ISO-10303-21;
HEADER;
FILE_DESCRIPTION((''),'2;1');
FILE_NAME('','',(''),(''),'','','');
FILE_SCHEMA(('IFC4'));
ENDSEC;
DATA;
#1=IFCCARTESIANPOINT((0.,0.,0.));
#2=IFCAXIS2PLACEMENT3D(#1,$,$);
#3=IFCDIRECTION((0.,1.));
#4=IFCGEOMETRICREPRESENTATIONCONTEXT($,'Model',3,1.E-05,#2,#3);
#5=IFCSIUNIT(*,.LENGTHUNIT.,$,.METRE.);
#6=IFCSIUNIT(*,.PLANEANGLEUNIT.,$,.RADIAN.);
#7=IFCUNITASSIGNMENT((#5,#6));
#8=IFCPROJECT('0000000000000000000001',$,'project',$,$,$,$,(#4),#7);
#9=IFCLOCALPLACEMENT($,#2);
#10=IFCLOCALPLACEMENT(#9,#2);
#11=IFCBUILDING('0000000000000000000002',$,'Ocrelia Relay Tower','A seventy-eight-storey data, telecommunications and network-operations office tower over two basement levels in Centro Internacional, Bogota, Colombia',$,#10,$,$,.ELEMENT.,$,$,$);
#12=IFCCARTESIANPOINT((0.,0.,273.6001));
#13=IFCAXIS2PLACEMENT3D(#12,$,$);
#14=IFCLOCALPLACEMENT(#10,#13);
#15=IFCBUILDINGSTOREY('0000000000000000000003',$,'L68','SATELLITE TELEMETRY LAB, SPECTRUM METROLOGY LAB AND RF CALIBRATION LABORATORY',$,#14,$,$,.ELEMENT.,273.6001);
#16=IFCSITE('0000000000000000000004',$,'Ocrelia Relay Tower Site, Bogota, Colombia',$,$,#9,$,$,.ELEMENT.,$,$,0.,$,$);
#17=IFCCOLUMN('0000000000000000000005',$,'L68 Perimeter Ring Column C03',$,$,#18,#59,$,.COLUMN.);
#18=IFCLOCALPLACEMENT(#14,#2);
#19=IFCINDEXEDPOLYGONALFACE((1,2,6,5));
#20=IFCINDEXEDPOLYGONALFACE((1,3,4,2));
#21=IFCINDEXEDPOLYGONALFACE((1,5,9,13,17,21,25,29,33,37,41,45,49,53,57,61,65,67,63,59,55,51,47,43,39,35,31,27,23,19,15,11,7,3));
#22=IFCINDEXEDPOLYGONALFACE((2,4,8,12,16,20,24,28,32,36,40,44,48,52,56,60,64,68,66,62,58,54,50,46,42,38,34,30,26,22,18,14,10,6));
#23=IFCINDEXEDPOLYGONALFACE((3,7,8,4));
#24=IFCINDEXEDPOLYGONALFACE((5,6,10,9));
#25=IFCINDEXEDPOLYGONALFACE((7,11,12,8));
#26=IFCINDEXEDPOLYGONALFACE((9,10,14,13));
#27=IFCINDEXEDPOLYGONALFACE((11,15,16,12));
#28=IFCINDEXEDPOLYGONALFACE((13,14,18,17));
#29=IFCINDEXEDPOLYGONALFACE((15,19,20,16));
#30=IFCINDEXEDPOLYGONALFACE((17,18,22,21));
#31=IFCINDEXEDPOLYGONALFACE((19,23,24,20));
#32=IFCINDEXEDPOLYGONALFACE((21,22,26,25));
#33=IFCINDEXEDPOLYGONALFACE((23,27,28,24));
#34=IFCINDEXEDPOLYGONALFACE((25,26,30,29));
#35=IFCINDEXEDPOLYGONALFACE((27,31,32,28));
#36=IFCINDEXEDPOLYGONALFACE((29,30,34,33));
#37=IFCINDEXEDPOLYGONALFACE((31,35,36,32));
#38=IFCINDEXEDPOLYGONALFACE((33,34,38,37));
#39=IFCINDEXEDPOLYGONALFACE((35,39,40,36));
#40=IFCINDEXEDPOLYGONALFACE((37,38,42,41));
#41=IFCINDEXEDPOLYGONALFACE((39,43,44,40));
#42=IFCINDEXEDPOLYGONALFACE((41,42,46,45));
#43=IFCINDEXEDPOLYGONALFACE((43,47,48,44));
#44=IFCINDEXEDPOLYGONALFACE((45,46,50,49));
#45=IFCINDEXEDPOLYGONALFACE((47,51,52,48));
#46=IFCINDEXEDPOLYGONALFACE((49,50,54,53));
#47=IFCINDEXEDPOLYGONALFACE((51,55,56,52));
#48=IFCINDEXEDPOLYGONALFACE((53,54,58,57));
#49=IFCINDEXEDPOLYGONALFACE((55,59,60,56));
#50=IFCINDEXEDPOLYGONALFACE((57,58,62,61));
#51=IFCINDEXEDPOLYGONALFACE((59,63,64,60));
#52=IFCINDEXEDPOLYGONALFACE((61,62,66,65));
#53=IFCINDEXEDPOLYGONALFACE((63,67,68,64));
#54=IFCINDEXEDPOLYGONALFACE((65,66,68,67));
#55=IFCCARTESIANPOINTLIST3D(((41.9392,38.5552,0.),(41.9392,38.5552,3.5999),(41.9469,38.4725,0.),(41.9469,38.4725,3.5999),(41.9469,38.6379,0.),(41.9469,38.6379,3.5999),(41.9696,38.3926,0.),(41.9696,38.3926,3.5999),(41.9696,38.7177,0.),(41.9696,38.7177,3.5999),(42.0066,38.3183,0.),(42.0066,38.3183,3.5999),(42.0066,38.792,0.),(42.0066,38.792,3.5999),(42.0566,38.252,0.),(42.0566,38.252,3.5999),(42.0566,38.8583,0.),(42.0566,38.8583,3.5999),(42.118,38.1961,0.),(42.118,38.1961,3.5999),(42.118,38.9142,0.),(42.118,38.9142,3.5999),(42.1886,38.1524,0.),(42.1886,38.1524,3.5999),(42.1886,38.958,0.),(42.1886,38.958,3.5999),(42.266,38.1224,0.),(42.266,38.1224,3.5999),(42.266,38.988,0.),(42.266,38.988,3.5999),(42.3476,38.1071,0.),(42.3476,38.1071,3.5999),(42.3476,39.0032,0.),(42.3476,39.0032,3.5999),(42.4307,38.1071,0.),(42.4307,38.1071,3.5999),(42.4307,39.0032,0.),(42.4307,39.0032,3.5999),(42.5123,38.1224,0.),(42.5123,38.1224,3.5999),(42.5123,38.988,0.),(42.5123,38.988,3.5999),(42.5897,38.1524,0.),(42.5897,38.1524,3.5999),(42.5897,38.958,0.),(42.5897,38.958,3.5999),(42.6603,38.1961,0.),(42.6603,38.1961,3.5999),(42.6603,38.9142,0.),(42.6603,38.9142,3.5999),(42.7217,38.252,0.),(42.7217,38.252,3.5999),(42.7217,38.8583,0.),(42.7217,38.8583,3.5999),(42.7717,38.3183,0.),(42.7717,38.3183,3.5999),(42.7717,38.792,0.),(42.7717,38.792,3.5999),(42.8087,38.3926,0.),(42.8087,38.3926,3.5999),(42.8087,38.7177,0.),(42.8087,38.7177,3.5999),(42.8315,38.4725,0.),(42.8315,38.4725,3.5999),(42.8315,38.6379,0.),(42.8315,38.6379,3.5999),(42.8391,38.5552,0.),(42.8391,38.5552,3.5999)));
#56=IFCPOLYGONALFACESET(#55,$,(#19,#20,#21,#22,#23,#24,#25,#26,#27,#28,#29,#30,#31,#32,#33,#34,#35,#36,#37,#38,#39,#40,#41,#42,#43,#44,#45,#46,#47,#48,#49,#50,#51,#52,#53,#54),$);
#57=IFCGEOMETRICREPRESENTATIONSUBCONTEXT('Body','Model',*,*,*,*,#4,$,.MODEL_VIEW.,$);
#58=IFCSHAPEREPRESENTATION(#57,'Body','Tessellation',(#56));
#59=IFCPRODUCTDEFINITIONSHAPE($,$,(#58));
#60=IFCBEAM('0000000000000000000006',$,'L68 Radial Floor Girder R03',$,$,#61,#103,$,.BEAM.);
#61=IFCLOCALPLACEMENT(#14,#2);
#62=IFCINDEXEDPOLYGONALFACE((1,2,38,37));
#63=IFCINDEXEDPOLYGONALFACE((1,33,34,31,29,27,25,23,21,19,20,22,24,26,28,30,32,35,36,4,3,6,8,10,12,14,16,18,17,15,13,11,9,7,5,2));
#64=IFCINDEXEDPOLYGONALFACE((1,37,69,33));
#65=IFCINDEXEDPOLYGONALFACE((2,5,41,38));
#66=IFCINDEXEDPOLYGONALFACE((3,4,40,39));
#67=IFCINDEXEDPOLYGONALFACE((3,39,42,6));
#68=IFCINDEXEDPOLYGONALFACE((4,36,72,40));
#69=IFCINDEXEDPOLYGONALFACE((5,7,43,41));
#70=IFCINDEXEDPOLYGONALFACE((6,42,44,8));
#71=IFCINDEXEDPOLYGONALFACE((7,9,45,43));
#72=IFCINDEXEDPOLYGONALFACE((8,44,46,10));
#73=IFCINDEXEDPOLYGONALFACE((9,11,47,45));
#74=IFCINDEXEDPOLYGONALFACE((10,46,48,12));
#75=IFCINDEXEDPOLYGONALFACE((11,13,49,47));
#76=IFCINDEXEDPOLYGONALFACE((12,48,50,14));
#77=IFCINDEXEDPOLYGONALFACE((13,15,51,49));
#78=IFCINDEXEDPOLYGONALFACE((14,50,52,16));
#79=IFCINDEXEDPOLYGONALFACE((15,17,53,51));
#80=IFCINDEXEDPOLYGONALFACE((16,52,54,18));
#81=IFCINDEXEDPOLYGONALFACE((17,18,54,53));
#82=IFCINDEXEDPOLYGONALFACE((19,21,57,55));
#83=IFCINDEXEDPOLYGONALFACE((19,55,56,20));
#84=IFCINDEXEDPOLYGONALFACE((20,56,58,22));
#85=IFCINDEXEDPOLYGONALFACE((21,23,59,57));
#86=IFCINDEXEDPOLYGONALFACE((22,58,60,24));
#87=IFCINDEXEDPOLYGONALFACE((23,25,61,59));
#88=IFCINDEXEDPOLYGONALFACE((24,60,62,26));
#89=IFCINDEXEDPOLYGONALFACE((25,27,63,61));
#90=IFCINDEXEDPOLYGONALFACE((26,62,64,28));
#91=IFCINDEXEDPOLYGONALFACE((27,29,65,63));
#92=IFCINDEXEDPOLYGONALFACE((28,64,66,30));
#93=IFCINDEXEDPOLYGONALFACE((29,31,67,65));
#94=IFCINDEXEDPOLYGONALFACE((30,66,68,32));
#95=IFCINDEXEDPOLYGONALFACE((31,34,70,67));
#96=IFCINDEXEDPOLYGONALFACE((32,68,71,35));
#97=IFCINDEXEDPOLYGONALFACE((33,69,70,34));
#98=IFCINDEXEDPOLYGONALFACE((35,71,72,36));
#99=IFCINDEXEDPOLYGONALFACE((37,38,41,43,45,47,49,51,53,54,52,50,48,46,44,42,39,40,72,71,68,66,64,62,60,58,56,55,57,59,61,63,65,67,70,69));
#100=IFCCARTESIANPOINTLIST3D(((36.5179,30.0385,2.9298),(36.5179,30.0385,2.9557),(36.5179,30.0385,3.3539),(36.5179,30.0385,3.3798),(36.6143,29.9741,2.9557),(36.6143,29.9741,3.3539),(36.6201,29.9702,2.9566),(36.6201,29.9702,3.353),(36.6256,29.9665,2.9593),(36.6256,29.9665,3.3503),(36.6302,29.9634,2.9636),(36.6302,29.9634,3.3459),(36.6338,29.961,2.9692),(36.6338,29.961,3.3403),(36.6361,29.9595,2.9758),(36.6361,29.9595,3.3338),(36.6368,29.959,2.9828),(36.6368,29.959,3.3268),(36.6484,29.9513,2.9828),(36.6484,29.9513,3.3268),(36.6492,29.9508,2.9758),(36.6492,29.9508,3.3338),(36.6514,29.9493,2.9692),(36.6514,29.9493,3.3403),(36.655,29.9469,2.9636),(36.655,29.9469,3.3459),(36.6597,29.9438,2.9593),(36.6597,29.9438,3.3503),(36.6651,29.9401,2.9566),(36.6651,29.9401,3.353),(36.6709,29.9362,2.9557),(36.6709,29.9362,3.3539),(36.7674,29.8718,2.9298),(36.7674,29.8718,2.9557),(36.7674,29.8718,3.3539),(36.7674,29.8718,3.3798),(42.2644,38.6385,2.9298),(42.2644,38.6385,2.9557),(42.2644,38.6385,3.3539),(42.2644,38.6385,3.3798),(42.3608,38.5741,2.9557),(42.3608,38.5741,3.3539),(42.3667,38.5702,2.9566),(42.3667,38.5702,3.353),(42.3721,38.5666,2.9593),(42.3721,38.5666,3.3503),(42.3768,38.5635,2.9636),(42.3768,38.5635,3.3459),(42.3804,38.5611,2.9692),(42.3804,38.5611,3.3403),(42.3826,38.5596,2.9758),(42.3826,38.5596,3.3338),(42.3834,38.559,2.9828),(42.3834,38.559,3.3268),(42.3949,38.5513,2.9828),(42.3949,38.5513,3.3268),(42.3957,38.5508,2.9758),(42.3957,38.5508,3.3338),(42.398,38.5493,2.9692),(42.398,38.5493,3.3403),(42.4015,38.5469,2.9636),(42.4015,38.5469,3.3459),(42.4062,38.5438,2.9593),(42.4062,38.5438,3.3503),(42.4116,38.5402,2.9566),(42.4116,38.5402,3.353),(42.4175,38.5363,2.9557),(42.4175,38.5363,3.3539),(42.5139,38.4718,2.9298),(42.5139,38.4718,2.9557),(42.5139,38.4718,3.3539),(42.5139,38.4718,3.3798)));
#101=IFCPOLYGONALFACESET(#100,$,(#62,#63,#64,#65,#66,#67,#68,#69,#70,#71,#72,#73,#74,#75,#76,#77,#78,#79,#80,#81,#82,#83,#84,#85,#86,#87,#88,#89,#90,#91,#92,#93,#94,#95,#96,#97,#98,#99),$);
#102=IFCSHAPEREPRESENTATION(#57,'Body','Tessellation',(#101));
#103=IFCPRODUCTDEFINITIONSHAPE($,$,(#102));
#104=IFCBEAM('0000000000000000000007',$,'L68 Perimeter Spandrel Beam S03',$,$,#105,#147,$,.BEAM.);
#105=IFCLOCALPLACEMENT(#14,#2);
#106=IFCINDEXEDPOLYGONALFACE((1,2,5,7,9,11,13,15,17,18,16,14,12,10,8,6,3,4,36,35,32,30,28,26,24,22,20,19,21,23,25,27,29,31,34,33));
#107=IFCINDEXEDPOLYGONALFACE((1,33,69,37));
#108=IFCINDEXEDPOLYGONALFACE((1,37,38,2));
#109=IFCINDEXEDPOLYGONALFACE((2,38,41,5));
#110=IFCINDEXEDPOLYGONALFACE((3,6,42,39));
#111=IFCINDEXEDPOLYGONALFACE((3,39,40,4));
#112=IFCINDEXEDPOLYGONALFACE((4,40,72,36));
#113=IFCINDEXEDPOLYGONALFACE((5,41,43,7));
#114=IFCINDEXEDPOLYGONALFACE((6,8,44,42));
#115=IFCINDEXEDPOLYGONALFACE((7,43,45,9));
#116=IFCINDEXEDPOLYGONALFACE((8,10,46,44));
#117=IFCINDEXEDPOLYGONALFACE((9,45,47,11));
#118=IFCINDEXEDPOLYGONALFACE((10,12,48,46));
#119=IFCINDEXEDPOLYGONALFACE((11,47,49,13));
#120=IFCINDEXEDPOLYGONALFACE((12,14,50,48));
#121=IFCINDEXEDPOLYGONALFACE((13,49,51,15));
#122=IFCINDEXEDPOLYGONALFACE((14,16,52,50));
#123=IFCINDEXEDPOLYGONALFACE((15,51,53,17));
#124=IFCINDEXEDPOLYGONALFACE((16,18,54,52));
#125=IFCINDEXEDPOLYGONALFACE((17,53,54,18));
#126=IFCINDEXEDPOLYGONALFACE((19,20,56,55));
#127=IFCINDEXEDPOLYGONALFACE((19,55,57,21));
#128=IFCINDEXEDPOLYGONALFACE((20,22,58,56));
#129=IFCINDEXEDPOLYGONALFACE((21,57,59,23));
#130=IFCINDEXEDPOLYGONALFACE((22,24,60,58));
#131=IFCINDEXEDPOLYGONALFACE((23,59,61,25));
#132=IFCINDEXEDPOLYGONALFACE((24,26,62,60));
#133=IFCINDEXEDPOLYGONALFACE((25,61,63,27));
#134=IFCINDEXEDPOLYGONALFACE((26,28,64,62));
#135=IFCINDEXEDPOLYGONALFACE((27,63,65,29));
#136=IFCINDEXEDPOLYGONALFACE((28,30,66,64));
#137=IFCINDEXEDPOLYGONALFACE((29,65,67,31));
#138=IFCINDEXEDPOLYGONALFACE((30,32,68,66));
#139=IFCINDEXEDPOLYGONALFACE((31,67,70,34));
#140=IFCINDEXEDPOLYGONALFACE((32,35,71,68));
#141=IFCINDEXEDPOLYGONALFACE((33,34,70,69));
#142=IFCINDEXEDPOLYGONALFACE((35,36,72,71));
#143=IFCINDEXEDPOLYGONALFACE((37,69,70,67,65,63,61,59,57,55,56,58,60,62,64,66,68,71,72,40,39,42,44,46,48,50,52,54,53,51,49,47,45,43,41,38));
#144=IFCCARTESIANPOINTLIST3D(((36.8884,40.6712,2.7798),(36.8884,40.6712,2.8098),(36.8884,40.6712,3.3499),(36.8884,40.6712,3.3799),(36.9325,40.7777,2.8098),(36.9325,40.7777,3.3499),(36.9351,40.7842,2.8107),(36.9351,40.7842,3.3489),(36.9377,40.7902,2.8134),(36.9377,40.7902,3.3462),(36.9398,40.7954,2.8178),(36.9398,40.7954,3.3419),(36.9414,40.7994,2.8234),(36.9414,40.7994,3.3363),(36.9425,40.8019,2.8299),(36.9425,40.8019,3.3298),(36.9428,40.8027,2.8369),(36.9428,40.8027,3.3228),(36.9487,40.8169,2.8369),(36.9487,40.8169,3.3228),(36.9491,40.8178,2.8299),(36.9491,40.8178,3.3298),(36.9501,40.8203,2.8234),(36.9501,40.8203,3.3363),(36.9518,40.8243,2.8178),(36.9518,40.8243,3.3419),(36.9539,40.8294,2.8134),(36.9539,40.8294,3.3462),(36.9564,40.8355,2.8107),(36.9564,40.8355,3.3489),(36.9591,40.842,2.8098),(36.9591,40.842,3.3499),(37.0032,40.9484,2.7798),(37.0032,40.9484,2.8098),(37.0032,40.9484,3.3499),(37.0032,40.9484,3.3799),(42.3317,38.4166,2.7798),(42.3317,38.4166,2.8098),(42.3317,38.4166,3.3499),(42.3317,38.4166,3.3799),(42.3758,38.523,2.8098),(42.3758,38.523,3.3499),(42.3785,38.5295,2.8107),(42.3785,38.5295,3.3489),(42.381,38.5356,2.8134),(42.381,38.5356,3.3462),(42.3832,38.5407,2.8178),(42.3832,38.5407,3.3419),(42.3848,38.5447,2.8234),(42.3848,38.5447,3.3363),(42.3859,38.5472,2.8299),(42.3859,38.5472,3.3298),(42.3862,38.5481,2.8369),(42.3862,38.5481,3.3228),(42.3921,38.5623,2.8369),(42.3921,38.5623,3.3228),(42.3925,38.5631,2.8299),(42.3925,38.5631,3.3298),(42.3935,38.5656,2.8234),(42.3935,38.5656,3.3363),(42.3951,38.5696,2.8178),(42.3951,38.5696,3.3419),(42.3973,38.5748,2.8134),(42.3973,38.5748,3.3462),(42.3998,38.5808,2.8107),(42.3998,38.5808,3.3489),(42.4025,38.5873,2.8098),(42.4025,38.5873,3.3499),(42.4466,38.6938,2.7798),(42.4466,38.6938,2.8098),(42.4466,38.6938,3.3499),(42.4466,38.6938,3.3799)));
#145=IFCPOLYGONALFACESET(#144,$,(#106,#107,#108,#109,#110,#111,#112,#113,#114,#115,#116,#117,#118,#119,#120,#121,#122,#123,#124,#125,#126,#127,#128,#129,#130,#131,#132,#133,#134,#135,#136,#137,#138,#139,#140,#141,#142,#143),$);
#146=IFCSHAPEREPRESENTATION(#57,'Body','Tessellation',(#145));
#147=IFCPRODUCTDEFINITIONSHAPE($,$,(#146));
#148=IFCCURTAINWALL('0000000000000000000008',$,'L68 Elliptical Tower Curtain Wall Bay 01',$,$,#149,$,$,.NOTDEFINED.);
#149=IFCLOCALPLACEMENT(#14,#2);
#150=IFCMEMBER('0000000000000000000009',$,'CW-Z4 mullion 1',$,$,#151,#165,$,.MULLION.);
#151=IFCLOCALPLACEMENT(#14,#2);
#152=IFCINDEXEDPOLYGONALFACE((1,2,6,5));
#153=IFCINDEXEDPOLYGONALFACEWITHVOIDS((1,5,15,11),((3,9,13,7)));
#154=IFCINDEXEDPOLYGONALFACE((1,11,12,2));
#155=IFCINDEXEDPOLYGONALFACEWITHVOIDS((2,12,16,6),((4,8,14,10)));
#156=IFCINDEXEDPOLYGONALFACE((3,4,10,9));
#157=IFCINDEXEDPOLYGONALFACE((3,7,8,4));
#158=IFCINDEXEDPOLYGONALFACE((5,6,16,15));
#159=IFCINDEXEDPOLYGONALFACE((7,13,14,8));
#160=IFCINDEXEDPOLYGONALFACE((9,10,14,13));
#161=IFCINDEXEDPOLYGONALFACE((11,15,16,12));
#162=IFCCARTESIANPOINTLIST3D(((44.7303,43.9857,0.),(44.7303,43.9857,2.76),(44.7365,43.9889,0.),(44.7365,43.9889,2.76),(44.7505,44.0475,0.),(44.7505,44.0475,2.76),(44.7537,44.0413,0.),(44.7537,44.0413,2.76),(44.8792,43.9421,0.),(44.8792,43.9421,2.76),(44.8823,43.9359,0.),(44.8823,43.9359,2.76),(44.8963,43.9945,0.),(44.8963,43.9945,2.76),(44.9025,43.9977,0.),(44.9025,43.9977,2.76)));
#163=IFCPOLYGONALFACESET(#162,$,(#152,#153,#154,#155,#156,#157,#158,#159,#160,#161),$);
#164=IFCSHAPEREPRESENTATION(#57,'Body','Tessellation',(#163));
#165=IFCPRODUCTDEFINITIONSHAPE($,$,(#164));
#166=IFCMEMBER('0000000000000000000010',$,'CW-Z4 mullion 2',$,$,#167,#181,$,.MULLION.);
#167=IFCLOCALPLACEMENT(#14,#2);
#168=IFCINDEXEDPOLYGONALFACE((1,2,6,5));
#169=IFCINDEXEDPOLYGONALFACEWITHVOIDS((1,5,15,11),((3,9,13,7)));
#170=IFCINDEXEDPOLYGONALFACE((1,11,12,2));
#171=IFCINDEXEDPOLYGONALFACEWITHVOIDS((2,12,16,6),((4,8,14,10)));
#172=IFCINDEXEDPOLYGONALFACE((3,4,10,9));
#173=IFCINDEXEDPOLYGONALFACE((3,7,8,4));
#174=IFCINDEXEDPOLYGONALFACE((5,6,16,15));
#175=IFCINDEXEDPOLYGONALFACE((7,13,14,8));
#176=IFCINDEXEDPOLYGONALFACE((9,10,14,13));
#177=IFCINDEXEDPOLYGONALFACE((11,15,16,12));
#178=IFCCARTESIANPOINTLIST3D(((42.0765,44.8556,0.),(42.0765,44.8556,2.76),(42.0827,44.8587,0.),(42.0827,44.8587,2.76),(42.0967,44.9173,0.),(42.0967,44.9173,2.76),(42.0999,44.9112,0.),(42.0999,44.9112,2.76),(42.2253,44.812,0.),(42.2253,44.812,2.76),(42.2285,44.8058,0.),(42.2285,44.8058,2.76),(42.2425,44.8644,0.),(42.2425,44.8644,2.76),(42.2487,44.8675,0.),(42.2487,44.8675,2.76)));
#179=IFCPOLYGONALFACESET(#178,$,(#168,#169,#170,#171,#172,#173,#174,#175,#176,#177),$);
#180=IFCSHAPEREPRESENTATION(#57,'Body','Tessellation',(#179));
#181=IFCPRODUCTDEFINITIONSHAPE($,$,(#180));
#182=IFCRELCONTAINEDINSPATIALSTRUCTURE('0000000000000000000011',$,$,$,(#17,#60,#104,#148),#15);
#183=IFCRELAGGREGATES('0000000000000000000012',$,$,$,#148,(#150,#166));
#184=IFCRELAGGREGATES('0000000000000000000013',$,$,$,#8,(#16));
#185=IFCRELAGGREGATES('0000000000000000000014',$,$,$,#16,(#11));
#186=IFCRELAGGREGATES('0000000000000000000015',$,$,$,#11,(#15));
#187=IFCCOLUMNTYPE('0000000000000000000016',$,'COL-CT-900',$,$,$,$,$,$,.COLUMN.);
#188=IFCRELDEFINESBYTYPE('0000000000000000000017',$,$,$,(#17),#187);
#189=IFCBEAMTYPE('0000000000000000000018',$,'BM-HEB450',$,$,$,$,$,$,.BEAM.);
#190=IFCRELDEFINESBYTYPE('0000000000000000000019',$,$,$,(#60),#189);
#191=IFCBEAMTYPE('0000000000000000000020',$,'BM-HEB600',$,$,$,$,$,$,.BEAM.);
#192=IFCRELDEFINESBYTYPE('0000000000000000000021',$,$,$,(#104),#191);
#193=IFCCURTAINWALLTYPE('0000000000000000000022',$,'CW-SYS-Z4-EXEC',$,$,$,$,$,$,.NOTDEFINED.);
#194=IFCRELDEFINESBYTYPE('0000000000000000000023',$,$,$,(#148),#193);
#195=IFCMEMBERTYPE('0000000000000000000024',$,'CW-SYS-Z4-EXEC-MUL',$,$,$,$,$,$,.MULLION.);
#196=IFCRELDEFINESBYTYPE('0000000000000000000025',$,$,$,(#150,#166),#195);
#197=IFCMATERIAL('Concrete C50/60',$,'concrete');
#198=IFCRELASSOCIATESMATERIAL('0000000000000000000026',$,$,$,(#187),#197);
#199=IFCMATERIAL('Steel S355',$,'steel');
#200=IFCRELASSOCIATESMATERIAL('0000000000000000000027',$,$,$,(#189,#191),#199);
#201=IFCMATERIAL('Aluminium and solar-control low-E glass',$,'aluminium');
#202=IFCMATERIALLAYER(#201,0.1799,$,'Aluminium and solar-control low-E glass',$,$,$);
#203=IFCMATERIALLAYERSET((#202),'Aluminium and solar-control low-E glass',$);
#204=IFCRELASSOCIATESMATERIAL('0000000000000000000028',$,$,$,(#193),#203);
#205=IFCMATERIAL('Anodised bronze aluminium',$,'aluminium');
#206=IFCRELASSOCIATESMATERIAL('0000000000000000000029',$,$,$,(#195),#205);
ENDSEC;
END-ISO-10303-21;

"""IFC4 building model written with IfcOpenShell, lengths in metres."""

from ifc_helpers import new_model, si_unit, direction, frame, origin, origin_2d, place, context, subcontext, project, spatial, hollow_rectangle, circle, i_section, extrude, material, layer, layer_set, material_profile, profile_set, type_object, element, aggregate, save


model = new_model("IFC4")

# Units and contexts
model_context = context("Model", 3, precision=1e-05, world=origin(), true_north=direction((0.0, 1.0)))
body_context = subcontext(model_context, "Body", "Model", "MODEL_VIEW")
ifc_project = project(units=[si_unit("LENGTHUNIT", "METRE"), si_unit("PLANEANGLEUNIT", "RADIAN")], contexts=[model_context])

# Site, building, storey
site_placement = place(None, origin())
site = spatial("IfcSite", under=ifc_project, at=site_placement, Name="Ocrelia Relay Tower Site, Bogota, Colombia", CompositionType="ELEMENT", RefElevation=0.0)
building_placement = place(site_placement, origin())
building = spatial("IfcBuilding", under=site, at=building_placement, Name="Ocrelia Relay Tower", Description="A seventy-eight-storey data, telecommunications and network-operations office tower over two basement levels in Centro Internacional, Bogota, Colombia", CompositionType="ELEMENT")
storey_placement = place(building_placement, frame((0.0, 0.0, 273.6001)))
storey = spatial("IfcBuildingStorey", under=building, at=storey_placement, Name="L68", Description="SATELLITE TELEMETRY LAB, SPECTRUM METROLOGY LAB AND RF CALIBRATION LABORATORY", CompositionType="ELEMENT", Elevation=273.6001)

# Column
ifc_material_1 = material(Name="Concrete C50/60", Category="concrete")
ifc_material_profile_1 = material_profile(ifc_material_1, circle(Radius=0.45, at=origin_2d()), Name="RC-CIR-900")
ifc_profile_set_1 = profile_set([ifc_material_profile_1], Name="Concrete C50/60")
column_type = type_object("IfcColumnType", Name="COL-CT-900", PredefinedType="COLUMN", material=ifc_profile_set_1)
column_placement = place(storey_placement, frame((42.3892, 38.5552, 0.0), z_axis=(0.0, 0.0, 1.0), x_axis=(1.0, 0.0, 0.0)))
element("IfcColumn", 1, at=column_placement, inside=storey, type_object=column_type, Name="L68 Perimeter Ring Column C03", PredefinedType="COLUMN", context=body_context, shape_type="SweptSolid", body=[
    extrude(circle(Radius=0.45, at=origin_2d()), origin(), (0.0, 0.0, 1.0), 3.5999),
])

# Beams
ifc_material_2 = material(Name="Steel S355", Category="steel")
ifc_material_profile_2 = material_profile(ifc_material_2, i_section(OverallWidth=0.3, OverallDepth=0.45, WebThickness=0.0139, FlangeThickness=0.0259, FilletRadius=0.0271, at=origin_2d()), Name="HEB 450")
ifc_profile_set_2 = profile_set([ifc_material_profile_2], Name="Steel S355")
beam_type_1 = type_object("IfcBeamType", Name="BM-HEB450", PredefinedType="BEAM", material=ifc_profile_set_2)
beam_1_placement = place(storey_placement, frame((42.3892, 38.5552, 3.1548), z_axis=(-0.555582, -0.831462, 0.0), x_axis=(0.831462, -0.555582, 0.0)))
element("IfcBeam", 2, at=beam_1_placement, inside=storey, type_object=beam_type_1, Name="L68 Radial Floor Girder R03", PredefinedType="BEAM", context=body_context, shape_type="SweptSolid", body=[
    extrude(i_section(OverallWidth=0.3, OverallDepth=0.45, WebThickness=0.0139, FlangeThickness=0.0259, FilletRadius=0.0271, at=origin_2d()), origin(), (0.0, 0.0, 1.0), 10.3433),
])
ifc_material_profile_3 = material_profile(ifc_material_2, i_section(OverallWidth=0.3, OverallDepth=0.6001, WebThickness=0.0154, FlangeThickness=0.03, FilletRadius=0.0271, at=origin_2d()), Name="HEB 600")
ifc_profile_set_3 = profile_set([ifc_material_profile_3], Name="Steel S355")
beam_type_2 = type_object("IfcBeamType", Name="BM-HEB600", PredefinedType="BEAM", material=ifc_profile_set_3)
beam_2_placement = place(storey_placement, frame((42.3892, 38.5552, 3.0798), z_axis=(-0.923884, 0.382673, 0.0), x_axis=(-0.382673, -0.923884, 0.0)))
element("IfcBeam", 3, at=beam_2_placement, inside=storey, type_object=beam_type_2, Name="L68 Perimeter Spandrel Beam S03", PredefinedType="BEAM", context=body_context, shape_type="SweptSolid", body=[
    extrude(i_section(OverallWidth=0.3, OverallDepth=0.6001, WebThickness=0.0154, FlangeThickness=0.03, FilletRadius=0.0271, at=origin_2d()), origin(), (0.0, 0.0, 1.0), 5.8918),
])

# Curtain wall, members
ifc_material_3 = material(Name="Aluminium and solar-control low-E glass", Category="aluminium")
ifc_layer_1 = layer(ifc_material_3, 0.1799, Name="Aluminium and solar-control low-E glass")
ifc_layer_set_1 = layer_set([ifc_layer_1], Name="Aluminium and solar-control low-E glass")
curtain_wall_type = type_object("IfcCurtainWallType", Name="CW-SYS-Z4-EXEC", PredefinedType="NOTDEFINED", material=ifc_layer_set_1)
curtain_wall_placement = place(storey_placement, origin())
curtain_wall = element("IfcCurtainWall", 4, at=curtain_wall_placement, inside=storey, type_object=curtain_wall_type, Name="L68 Elliptical Tower Curtain Wall Bay 01", PredefinedType="NOTDEFINED")
ifc_material_4 = material(Name="Anodised bronze aluminium", Category="aluminium")
ifc_material_profile_4 = material_profile(ifc_material_4, hollow_rectangle(XDim=0.0649, YDim=0.1599, WallThickness=0.0049, at=origin_2d()), Name="CW-MUL-160x65")
ifc_profile_set_4 = profile_set([ifc_material_profile_4], Name="Anodised bronze aluminium")
member_type_1 = type_object("IfcMemberType", Name="CW-SYS-Z4-EXEC-MUL", PredefinedType="MULLION", material=ifc_profile_set_4)
member_1_placement = place(storey_placement, frame((44.8164, 43.9917, 0.0), z_axis=(0.0, 0.0, 1.0), x_axis=(-0.311472, -0.950255, 0.0)))
member_1 = element("IfcMember", 5, at=member_1_placement, type_object=member_type_1, Name="CW-Z4 mullion 1", PredefinedType="MULLION", context=body_context, shape_type="SweptSolid", body=[
    extrude(hollow_rectangle(XDim=0.0649, YDim=0.1599, WallThickness=0.0049, at=origin_2d()), origin(), (0.0, 0.0, 1.0), 2.76),
])
member_2_placement = place(storey_placement, frame((42.1626, 44.8616, 0.0), z_axis=(0.0, 0.0, 1.0), x_axis=(-0.311472, -0.950255, 0.0)))
member_2 = element("IfcMember", 6, at=member_2_placement, type_object=member_type_1, Name="CW-Z4 mullion 2", PredefinedType="MULLION", context=body_context, shape_type="SweptSolid", body=[
    extrude(hollow_rectangle(XDim=0.0649, YDim=0.1599, WallThickness=0.0049, at=origin_2d()), origin(), (0.0, 0.0, 1.0), 2.76),
])
aggregate(curtain_wall, [member_1, member_2])

save(model, "model.ifc")
